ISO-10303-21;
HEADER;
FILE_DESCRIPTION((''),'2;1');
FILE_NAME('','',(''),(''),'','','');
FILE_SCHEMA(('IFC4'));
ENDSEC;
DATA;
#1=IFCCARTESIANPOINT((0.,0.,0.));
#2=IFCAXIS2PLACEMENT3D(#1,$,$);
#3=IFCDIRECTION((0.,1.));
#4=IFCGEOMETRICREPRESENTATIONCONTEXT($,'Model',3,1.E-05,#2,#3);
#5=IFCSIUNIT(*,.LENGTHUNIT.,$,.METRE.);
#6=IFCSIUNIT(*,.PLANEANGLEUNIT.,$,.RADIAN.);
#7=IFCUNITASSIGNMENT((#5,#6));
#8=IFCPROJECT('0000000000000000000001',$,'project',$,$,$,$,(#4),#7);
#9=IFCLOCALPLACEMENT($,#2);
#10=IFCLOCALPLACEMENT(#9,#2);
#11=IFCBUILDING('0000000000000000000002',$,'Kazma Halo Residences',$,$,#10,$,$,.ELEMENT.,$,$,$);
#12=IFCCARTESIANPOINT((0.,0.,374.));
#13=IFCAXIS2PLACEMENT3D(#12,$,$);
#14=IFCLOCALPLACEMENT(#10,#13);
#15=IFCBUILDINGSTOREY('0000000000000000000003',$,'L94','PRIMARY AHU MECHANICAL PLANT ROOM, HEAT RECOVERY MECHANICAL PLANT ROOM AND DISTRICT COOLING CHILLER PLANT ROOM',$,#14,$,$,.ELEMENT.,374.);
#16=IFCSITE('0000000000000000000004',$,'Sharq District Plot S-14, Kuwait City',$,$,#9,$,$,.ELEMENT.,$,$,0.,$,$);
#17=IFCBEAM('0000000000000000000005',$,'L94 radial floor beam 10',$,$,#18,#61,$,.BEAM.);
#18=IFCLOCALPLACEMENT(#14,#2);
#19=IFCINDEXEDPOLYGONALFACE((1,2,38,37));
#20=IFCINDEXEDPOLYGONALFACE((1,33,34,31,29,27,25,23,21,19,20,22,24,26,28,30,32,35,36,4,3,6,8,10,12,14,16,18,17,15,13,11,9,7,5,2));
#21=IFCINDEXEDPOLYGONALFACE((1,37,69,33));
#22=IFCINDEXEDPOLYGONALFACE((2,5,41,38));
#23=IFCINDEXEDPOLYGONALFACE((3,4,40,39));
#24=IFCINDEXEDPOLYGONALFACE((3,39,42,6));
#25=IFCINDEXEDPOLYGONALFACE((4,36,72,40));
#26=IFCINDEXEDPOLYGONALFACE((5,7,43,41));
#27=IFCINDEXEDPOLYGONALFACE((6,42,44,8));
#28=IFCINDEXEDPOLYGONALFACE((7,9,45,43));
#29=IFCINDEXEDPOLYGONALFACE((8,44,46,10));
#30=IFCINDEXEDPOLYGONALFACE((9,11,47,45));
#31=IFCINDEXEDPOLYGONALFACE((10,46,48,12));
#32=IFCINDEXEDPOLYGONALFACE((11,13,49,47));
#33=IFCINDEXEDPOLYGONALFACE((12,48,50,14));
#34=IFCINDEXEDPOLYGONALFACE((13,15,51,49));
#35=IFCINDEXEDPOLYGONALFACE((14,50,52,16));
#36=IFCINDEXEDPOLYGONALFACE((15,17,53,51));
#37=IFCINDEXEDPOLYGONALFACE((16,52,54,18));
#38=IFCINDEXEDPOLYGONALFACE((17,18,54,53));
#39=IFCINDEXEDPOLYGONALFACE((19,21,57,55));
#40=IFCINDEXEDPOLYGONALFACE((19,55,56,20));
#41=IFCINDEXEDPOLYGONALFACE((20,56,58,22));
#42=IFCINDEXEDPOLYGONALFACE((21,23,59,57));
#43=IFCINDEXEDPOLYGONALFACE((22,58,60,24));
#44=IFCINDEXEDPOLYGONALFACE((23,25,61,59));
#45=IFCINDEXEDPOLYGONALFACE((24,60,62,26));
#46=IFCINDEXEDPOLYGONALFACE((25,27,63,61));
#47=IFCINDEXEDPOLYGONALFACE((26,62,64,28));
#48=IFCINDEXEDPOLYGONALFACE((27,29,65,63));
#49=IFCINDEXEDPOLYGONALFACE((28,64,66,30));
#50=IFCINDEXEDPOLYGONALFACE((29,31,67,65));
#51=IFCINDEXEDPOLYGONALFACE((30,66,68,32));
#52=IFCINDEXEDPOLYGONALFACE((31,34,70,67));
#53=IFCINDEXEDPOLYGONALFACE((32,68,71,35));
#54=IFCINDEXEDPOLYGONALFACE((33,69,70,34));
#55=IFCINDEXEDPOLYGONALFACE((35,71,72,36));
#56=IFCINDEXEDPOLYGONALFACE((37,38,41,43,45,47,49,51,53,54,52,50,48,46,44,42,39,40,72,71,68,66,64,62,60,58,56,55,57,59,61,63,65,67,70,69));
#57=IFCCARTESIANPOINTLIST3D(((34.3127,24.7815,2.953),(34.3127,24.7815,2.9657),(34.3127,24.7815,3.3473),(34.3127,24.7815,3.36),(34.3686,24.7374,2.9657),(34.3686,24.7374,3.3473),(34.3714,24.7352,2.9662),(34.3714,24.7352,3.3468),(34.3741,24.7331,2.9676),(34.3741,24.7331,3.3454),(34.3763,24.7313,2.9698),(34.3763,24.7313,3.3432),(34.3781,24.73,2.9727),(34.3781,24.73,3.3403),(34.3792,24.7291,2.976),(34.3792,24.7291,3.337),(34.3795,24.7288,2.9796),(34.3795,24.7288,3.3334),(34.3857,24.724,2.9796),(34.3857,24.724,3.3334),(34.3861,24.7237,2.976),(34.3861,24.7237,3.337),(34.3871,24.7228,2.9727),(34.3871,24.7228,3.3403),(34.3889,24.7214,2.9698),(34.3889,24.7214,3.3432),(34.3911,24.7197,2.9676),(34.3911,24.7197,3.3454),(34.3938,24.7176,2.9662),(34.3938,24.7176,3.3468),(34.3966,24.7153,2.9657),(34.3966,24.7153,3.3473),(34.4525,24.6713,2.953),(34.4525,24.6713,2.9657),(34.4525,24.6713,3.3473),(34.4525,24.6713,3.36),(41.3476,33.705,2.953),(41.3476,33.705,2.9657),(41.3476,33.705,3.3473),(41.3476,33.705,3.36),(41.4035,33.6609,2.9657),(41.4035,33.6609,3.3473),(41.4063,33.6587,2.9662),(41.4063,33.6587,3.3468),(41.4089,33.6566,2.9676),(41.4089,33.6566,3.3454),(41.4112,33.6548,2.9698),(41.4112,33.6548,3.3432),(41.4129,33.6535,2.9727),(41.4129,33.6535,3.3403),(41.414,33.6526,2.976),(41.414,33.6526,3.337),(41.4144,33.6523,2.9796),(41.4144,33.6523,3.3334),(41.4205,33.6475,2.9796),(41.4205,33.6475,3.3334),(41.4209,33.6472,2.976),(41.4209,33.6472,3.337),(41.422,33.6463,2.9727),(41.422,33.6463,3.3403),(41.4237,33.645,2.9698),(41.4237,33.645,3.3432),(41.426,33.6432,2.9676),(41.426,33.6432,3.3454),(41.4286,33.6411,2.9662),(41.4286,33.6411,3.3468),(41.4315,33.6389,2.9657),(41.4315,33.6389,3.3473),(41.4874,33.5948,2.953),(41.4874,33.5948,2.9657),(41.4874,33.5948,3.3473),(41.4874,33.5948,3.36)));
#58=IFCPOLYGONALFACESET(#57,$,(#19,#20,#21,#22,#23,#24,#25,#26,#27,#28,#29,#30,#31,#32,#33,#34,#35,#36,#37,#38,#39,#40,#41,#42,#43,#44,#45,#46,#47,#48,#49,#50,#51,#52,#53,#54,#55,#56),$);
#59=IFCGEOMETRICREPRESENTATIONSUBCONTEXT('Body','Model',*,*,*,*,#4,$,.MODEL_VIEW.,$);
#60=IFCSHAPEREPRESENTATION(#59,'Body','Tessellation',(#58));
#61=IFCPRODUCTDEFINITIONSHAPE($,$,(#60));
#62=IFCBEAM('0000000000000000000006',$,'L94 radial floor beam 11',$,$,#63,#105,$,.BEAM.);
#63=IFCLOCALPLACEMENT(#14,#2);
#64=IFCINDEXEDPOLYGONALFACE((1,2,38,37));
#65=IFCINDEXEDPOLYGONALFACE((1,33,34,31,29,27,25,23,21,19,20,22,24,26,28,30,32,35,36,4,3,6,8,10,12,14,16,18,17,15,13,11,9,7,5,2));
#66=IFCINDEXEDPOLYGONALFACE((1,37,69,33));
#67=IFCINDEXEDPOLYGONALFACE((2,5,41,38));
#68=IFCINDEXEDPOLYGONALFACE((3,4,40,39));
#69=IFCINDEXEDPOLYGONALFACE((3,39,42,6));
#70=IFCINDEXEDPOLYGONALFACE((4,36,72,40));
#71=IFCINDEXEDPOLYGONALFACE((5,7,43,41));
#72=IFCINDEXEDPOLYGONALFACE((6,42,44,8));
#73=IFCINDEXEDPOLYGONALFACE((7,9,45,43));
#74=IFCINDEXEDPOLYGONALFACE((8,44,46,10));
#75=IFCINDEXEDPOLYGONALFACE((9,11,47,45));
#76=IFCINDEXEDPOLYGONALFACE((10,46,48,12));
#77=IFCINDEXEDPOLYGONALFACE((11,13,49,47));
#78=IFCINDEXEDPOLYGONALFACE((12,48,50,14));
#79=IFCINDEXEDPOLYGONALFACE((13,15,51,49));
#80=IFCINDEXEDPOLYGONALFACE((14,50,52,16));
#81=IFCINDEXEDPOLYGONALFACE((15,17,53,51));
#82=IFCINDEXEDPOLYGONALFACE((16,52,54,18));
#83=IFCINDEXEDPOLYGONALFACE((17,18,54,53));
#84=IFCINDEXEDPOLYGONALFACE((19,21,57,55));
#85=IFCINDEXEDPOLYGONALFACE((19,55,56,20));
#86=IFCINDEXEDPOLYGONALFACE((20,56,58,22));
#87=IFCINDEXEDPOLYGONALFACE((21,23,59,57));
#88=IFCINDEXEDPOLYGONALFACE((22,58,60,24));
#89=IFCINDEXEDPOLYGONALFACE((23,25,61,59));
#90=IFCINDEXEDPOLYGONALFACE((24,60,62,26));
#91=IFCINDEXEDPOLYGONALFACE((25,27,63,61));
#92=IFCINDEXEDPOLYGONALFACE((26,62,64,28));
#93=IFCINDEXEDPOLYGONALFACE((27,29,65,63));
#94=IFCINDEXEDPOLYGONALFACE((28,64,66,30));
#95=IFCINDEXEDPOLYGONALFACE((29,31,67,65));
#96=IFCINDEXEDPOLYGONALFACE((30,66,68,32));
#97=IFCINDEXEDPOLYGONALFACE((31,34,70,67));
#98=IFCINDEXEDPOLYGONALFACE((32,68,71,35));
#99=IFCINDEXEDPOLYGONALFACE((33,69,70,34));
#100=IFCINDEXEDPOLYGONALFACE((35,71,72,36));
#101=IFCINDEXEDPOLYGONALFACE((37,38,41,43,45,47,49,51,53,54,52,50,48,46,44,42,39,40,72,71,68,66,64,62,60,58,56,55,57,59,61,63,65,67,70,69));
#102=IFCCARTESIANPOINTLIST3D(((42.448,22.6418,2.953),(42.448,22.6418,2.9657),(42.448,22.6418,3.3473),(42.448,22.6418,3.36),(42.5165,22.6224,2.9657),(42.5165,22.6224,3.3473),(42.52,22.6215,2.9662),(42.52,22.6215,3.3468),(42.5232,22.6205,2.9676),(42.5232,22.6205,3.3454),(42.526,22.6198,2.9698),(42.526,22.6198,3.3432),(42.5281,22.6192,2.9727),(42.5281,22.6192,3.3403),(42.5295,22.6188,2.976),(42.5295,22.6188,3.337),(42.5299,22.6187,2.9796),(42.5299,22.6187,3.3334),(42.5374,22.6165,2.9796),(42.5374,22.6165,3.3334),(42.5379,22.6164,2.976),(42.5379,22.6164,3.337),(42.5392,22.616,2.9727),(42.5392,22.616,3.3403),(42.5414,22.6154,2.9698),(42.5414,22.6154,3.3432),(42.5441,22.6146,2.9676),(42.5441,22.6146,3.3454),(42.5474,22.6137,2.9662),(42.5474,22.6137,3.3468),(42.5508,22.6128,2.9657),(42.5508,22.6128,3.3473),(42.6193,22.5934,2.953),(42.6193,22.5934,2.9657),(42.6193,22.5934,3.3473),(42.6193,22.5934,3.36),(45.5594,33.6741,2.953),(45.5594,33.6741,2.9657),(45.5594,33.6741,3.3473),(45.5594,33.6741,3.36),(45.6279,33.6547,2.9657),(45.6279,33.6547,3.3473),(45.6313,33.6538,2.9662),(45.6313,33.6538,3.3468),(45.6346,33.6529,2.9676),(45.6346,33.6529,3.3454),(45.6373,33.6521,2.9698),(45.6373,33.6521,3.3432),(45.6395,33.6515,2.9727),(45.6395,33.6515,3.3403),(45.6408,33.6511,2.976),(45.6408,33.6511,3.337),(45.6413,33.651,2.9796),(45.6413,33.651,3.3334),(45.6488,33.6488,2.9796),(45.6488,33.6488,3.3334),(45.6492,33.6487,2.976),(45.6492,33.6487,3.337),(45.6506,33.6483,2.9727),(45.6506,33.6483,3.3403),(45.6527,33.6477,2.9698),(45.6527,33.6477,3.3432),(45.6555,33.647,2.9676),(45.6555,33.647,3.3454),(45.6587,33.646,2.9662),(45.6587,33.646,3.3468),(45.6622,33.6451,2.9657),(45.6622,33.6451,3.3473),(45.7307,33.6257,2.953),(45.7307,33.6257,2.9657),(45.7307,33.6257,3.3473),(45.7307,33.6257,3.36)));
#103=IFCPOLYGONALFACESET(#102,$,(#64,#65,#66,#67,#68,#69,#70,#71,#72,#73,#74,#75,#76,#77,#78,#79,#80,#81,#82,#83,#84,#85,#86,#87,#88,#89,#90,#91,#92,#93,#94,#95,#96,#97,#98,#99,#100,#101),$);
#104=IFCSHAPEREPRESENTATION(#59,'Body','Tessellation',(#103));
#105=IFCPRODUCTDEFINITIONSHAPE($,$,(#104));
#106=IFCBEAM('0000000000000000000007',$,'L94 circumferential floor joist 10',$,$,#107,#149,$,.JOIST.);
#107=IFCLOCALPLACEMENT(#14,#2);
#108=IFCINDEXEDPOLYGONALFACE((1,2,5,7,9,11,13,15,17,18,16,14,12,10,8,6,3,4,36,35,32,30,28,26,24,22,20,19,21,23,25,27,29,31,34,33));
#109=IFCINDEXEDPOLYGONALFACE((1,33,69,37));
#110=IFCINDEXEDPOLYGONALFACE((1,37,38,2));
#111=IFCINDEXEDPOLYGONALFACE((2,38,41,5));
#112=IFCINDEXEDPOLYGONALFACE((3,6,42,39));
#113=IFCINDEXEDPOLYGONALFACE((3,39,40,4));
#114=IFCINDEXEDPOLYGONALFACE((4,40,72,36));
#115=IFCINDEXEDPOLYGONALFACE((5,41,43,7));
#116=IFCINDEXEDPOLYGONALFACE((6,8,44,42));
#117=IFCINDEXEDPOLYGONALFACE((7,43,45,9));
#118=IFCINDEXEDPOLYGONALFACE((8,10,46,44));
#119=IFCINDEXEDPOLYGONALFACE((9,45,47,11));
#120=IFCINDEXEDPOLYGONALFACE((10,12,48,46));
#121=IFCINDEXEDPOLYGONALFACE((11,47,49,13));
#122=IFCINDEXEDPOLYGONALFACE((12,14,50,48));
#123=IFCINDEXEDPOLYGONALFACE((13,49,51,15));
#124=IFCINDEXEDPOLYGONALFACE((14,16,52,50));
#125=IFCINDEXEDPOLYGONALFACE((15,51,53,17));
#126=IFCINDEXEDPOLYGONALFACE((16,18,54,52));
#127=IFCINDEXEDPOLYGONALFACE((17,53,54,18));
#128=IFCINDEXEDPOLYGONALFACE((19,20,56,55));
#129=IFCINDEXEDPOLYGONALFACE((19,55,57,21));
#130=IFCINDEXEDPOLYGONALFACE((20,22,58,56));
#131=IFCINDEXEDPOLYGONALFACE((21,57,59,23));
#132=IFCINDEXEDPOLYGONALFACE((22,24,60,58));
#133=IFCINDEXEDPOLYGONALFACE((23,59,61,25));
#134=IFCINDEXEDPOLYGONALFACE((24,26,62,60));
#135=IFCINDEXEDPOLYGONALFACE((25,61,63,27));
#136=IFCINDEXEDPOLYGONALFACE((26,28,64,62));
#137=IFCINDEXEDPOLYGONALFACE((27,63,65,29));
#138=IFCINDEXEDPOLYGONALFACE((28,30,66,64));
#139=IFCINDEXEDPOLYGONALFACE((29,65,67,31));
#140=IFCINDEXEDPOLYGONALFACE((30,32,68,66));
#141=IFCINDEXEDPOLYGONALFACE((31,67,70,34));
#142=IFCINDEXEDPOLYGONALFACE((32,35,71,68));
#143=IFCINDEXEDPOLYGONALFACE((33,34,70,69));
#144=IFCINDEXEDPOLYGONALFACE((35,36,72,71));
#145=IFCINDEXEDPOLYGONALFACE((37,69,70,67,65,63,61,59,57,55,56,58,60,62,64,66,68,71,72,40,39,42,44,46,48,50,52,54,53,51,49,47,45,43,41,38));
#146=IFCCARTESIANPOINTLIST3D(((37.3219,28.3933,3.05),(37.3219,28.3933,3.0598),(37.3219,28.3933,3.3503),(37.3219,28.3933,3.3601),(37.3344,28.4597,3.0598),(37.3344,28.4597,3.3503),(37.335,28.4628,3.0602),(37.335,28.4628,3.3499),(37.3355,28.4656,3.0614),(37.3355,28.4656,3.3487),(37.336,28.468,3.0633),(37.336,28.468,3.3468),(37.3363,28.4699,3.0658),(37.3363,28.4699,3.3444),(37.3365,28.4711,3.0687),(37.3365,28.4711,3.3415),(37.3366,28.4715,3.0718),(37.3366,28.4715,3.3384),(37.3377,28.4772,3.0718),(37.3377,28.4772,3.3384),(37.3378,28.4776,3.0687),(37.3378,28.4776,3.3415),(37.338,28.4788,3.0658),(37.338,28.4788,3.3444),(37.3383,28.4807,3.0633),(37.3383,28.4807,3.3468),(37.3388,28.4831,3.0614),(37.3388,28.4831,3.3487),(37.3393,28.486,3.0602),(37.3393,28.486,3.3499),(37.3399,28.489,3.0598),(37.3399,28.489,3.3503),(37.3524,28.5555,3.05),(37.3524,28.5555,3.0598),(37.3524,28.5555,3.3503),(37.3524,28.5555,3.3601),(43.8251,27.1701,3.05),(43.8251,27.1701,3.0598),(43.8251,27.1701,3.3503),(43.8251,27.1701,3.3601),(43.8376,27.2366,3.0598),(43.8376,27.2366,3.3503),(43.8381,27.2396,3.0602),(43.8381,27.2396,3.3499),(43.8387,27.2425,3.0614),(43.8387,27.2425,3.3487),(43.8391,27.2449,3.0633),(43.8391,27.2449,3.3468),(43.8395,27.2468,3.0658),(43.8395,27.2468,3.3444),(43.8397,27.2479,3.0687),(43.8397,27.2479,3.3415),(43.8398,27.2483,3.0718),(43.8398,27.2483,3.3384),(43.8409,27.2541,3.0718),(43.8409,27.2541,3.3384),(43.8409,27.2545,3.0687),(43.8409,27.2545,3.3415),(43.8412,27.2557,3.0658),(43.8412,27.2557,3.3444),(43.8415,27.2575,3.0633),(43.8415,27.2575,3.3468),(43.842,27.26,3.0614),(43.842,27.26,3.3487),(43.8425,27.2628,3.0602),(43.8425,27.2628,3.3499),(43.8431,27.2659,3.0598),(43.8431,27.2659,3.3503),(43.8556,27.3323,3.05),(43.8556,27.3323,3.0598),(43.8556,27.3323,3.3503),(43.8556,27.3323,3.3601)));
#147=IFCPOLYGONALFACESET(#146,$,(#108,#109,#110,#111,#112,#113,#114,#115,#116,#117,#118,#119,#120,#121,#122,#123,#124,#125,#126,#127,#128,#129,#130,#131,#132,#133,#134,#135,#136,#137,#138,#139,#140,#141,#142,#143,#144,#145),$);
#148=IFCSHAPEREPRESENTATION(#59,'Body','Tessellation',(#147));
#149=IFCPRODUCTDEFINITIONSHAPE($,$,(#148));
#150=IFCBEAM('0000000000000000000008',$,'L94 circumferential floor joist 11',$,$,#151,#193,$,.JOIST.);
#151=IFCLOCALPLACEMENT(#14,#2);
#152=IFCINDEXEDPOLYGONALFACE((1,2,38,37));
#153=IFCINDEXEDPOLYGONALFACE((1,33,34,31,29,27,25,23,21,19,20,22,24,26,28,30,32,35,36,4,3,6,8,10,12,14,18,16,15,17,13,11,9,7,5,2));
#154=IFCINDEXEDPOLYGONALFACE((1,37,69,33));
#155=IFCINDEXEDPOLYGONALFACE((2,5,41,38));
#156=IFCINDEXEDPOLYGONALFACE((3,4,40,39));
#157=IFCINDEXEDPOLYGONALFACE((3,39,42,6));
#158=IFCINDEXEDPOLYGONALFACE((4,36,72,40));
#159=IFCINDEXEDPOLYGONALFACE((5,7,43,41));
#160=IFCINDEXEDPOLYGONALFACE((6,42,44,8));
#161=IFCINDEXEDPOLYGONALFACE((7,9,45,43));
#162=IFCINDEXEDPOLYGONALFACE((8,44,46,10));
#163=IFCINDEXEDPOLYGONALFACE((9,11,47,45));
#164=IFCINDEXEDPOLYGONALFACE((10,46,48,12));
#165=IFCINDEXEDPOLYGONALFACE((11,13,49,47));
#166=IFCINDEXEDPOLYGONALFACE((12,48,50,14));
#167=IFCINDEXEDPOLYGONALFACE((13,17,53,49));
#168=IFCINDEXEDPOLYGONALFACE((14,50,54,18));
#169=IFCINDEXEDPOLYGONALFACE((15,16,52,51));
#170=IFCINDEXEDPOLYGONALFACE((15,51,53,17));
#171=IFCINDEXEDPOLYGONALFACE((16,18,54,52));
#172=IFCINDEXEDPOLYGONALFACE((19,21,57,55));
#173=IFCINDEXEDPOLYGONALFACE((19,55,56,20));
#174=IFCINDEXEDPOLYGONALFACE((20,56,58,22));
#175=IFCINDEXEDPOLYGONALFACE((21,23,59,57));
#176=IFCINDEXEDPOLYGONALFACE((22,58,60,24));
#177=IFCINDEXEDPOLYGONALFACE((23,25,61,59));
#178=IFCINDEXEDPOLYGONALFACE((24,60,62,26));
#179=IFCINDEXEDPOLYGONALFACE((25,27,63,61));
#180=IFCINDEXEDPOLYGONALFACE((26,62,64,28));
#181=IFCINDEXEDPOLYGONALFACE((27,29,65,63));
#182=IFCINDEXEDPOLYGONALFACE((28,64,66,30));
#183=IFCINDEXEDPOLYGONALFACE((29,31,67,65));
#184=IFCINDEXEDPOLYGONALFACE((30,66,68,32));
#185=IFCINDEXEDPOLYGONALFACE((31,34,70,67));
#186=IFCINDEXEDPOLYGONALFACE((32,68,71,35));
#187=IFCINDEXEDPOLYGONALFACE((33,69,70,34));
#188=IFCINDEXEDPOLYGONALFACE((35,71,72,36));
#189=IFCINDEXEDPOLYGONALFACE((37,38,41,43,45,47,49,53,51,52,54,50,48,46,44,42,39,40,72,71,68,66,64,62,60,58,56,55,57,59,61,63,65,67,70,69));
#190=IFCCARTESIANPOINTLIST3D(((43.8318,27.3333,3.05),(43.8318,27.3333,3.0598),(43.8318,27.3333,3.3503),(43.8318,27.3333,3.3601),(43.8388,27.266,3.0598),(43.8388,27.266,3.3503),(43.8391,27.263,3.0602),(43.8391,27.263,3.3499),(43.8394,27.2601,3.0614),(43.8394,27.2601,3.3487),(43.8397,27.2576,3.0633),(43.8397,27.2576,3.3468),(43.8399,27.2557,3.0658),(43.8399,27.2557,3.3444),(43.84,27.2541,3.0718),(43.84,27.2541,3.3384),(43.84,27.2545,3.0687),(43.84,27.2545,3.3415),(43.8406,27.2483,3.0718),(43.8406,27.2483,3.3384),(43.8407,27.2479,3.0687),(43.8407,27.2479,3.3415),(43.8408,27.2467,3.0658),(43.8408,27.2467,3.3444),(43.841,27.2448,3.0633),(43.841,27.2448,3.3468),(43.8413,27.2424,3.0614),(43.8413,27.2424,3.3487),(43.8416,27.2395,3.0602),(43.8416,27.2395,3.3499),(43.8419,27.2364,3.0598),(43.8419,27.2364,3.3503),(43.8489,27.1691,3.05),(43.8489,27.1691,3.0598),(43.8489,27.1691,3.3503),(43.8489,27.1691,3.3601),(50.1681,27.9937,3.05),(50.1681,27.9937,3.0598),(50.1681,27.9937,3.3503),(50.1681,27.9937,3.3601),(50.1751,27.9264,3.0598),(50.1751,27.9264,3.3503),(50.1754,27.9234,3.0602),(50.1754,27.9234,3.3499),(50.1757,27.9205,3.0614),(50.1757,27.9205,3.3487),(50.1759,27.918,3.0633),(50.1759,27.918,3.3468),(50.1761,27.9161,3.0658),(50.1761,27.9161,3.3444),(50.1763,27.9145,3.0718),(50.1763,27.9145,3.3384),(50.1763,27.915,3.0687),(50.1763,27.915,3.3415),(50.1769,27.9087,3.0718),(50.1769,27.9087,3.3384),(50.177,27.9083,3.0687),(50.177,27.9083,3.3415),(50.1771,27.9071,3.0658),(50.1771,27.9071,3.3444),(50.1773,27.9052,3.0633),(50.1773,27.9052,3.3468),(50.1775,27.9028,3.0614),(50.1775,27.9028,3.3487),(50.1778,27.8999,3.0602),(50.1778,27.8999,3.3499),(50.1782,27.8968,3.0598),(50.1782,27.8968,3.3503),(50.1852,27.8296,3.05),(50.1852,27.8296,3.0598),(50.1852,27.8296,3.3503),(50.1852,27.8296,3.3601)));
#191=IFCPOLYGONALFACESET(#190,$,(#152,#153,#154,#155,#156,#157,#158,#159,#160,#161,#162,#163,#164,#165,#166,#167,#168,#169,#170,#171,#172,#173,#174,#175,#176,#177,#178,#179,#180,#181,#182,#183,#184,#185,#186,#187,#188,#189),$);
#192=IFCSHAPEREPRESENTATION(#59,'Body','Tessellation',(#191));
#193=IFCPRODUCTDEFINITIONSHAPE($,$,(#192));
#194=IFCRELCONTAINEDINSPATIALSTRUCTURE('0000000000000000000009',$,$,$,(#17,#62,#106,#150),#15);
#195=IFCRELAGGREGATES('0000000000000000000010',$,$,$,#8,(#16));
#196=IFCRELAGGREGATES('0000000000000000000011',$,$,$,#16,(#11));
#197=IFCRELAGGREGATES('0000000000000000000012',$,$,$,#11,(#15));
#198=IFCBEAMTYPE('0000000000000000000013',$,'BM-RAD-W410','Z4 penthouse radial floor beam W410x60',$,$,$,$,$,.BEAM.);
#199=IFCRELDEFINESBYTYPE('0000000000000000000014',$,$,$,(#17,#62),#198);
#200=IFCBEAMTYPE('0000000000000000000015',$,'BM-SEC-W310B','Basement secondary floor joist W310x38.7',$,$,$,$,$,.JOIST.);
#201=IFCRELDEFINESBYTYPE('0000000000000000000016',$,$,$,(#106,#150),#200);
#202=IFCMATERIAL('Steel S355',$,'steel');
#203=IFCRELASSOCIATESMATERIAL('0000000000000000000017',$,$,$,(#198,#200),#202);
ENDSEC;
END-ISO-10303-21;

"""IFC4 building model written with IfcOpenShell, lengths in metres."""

from ifc_helpers import new_model, si_unit, direction, frame, origin, origin_2d, place, context, subcontext, project, spatial, i_section, extrude, material, material_profile, profile_set, type_object, element, save


model = new_model("IFC4")

# Units and contexts
model_context = context("Model", 3, precision=1e-05, world=origin(), true_north=direction((0.0, 1.0)))
body_context = subcontext(model_context, "Body", "Model", "MODEL_VIEW")
ifc_project = project(units=[si_unit("LENGTHUNIT", "METRE"), si_unit("PLANEANGLEUNIT", "RADIAN")], contexts=[model_context])

# Site, building, storey
site_placement = place(None, origin())
site = spatial("IfcSite", under=ifc_project, at=site_placement, Name="Sharq District Plot S-14, Kuwait City", CompositionType="ELEMENT", RefElevation=0.0)
building_placement = place(site_placement, origin())
building = spatial("IfcBuilding", under=site, at=building_placement, Name="Kazma Halo Residences", CompositionType="ELEMENT")
storey_placement = place(building_placement, frame((0.0, 0.0, 374.0)))
storey = spatial("IfcBuildingStorey", under=building, at=storey_placement, Name="L94", Description="PRIMARY AHU MECHANICAL PLANT ROOM, HEAT RECOVERY MECHANICAL PLANT ROOM AND DISTRICT COOLING CHILLER PLANT ROOM", CompositionType="ELEMENT", Elevation=374.0)

# Shared definitions
ifc_material_1 = material(Name="Steel S355", Category="steel")

# Beams
ifc_material_profile_1 = material_profile(ifc_material_1, i_section(OverallWidth=0.178, OverallDepth=0.407, WebThickness=0.0078, FlangeThickness=0.0127, FilletRadius=0.0139, at=origin_2d()), Name="W410x60")
ifc_profile_set_1 = profile_set([ifc_material_profile_1], Name="Steel S355")
beam_type_1 = type_object("IfcBeamType", Name="BM-RAD-W410", Description="Z4 penthouse radial floor beam W410x60", PredefinedType="BEAM", material=ifc_profile_set_1)
beam_1_placement = place(storey_placement, frame((41.4175, 33.6499, 3.1565), z_axis=(-0.619101, -0.785312, 0.0), x_axis=(0.785312, -0.619101, 0.0)))
element("IfcBeam", 1, at=beam_1_placement, inside=storey, type_object=beam_type_1, Name="L94 radial floor beam 10", PredefinedType="BEAM", context=body_context, shape_type="SweptSolid", body=[
    extrude(i_section(OverallWidth=0.178, OverallDepth=0.407, WebThickness=0.0078, FlangeThickness=0.0127, FilletRadius=0.0139, at=origin_2d()), origin(), (0.0, 0.0, 1.0), 11.363),
])
beam_2_placement = place(storey_placement, frame((45.645, 33.6499, 3.1565), z_axis=(-0.271434, -0.962457, 0.0), x_axis=(0.962457, -0.271434, 0.0)))
element("IfcBeam", 2, at=beam_2_placement, inside=storey, type_object=beam_type_1, Name="L94 radial floor beam 11", PredefinedType="BEAM", context=body_context, shape_type="SweptSolid", body=[
    extrude(i_section(OverallWidth=0.178, OverallDepth=0.407, WebThickness=0.0078, FlangeThickness=0.0127, FilletRadius=0.0139, at=origin_2d()), origin(), (0.0, 0.0, 1.0), 11.4626),
])
ifc_material_profile_2 = material_profile(ifc_material_1, i_section(OverallWidth=0.165, OverallDepth=0.3101, WebThickness=0.0059, FlangeThickness=0.0098, FilletRadius=0.012, at=origin_2d()), Name="W310x38.7")
ifc_profile_set_2 = profile_set([ifc_material_profile_2], Name="Steel S355")
beam_type_2 = type_object("IfcBeamType", Name="BM-SEC-W310B", Description="Basement secondary floor joist W310x38.7", PredefinedType="JOIST", material=ifc_profile_set_2)
beam_3_placement = place(storey_placement, frame((37.3372, 28.4744, 3.2051), z_axis=(0.982768, -0.184843, 0.0), x_axis=(0.184843, 0.982768, 0.0)))
element("IfcBeam", 3, at=beam_3_placement, inside=storey, type_object=beam_type_2, Name="L94 circumferential floor joist 10", PredefinedType="JOIST", context=body_context, shape_type="SweptSolid", body=[
    extrude(i_section(OverallWidth=0.165, OverallDepth=0.3101, WebThickness=0.0059, FlangeThickness=0.0098, FilletRadius=0.012, at=origin_2d()), origin(), (0.0, 0.0, 1.0), 6.6172),
])
beam_4_placement = place(storey_placement, frame((43.8403, 27.2512, 3.2051), z_axis=(0.994612, 0.103665, 0.0), x_axis=(-0.103665, 0.994612, 0.0)))
element("IfcBeam", 4, at=beam_4_placement, inside=storey, type_object=beam_type_2, Name="L94 circumferential floor joist 11", PredefinedType="JOIST", context=body_context, shape_type="SweptSolid", body=[
    extrude(i_section(OverallWidth=0.165, OverallDepth=0.3101, WebThickness=0.0059, FlangeThickness=0.0098, FilletRadius=0.012, at=origin_2d()), origin(), (0.0, 0.0, 1.0), 6.3706),
])

save(model, "model.ifc")
